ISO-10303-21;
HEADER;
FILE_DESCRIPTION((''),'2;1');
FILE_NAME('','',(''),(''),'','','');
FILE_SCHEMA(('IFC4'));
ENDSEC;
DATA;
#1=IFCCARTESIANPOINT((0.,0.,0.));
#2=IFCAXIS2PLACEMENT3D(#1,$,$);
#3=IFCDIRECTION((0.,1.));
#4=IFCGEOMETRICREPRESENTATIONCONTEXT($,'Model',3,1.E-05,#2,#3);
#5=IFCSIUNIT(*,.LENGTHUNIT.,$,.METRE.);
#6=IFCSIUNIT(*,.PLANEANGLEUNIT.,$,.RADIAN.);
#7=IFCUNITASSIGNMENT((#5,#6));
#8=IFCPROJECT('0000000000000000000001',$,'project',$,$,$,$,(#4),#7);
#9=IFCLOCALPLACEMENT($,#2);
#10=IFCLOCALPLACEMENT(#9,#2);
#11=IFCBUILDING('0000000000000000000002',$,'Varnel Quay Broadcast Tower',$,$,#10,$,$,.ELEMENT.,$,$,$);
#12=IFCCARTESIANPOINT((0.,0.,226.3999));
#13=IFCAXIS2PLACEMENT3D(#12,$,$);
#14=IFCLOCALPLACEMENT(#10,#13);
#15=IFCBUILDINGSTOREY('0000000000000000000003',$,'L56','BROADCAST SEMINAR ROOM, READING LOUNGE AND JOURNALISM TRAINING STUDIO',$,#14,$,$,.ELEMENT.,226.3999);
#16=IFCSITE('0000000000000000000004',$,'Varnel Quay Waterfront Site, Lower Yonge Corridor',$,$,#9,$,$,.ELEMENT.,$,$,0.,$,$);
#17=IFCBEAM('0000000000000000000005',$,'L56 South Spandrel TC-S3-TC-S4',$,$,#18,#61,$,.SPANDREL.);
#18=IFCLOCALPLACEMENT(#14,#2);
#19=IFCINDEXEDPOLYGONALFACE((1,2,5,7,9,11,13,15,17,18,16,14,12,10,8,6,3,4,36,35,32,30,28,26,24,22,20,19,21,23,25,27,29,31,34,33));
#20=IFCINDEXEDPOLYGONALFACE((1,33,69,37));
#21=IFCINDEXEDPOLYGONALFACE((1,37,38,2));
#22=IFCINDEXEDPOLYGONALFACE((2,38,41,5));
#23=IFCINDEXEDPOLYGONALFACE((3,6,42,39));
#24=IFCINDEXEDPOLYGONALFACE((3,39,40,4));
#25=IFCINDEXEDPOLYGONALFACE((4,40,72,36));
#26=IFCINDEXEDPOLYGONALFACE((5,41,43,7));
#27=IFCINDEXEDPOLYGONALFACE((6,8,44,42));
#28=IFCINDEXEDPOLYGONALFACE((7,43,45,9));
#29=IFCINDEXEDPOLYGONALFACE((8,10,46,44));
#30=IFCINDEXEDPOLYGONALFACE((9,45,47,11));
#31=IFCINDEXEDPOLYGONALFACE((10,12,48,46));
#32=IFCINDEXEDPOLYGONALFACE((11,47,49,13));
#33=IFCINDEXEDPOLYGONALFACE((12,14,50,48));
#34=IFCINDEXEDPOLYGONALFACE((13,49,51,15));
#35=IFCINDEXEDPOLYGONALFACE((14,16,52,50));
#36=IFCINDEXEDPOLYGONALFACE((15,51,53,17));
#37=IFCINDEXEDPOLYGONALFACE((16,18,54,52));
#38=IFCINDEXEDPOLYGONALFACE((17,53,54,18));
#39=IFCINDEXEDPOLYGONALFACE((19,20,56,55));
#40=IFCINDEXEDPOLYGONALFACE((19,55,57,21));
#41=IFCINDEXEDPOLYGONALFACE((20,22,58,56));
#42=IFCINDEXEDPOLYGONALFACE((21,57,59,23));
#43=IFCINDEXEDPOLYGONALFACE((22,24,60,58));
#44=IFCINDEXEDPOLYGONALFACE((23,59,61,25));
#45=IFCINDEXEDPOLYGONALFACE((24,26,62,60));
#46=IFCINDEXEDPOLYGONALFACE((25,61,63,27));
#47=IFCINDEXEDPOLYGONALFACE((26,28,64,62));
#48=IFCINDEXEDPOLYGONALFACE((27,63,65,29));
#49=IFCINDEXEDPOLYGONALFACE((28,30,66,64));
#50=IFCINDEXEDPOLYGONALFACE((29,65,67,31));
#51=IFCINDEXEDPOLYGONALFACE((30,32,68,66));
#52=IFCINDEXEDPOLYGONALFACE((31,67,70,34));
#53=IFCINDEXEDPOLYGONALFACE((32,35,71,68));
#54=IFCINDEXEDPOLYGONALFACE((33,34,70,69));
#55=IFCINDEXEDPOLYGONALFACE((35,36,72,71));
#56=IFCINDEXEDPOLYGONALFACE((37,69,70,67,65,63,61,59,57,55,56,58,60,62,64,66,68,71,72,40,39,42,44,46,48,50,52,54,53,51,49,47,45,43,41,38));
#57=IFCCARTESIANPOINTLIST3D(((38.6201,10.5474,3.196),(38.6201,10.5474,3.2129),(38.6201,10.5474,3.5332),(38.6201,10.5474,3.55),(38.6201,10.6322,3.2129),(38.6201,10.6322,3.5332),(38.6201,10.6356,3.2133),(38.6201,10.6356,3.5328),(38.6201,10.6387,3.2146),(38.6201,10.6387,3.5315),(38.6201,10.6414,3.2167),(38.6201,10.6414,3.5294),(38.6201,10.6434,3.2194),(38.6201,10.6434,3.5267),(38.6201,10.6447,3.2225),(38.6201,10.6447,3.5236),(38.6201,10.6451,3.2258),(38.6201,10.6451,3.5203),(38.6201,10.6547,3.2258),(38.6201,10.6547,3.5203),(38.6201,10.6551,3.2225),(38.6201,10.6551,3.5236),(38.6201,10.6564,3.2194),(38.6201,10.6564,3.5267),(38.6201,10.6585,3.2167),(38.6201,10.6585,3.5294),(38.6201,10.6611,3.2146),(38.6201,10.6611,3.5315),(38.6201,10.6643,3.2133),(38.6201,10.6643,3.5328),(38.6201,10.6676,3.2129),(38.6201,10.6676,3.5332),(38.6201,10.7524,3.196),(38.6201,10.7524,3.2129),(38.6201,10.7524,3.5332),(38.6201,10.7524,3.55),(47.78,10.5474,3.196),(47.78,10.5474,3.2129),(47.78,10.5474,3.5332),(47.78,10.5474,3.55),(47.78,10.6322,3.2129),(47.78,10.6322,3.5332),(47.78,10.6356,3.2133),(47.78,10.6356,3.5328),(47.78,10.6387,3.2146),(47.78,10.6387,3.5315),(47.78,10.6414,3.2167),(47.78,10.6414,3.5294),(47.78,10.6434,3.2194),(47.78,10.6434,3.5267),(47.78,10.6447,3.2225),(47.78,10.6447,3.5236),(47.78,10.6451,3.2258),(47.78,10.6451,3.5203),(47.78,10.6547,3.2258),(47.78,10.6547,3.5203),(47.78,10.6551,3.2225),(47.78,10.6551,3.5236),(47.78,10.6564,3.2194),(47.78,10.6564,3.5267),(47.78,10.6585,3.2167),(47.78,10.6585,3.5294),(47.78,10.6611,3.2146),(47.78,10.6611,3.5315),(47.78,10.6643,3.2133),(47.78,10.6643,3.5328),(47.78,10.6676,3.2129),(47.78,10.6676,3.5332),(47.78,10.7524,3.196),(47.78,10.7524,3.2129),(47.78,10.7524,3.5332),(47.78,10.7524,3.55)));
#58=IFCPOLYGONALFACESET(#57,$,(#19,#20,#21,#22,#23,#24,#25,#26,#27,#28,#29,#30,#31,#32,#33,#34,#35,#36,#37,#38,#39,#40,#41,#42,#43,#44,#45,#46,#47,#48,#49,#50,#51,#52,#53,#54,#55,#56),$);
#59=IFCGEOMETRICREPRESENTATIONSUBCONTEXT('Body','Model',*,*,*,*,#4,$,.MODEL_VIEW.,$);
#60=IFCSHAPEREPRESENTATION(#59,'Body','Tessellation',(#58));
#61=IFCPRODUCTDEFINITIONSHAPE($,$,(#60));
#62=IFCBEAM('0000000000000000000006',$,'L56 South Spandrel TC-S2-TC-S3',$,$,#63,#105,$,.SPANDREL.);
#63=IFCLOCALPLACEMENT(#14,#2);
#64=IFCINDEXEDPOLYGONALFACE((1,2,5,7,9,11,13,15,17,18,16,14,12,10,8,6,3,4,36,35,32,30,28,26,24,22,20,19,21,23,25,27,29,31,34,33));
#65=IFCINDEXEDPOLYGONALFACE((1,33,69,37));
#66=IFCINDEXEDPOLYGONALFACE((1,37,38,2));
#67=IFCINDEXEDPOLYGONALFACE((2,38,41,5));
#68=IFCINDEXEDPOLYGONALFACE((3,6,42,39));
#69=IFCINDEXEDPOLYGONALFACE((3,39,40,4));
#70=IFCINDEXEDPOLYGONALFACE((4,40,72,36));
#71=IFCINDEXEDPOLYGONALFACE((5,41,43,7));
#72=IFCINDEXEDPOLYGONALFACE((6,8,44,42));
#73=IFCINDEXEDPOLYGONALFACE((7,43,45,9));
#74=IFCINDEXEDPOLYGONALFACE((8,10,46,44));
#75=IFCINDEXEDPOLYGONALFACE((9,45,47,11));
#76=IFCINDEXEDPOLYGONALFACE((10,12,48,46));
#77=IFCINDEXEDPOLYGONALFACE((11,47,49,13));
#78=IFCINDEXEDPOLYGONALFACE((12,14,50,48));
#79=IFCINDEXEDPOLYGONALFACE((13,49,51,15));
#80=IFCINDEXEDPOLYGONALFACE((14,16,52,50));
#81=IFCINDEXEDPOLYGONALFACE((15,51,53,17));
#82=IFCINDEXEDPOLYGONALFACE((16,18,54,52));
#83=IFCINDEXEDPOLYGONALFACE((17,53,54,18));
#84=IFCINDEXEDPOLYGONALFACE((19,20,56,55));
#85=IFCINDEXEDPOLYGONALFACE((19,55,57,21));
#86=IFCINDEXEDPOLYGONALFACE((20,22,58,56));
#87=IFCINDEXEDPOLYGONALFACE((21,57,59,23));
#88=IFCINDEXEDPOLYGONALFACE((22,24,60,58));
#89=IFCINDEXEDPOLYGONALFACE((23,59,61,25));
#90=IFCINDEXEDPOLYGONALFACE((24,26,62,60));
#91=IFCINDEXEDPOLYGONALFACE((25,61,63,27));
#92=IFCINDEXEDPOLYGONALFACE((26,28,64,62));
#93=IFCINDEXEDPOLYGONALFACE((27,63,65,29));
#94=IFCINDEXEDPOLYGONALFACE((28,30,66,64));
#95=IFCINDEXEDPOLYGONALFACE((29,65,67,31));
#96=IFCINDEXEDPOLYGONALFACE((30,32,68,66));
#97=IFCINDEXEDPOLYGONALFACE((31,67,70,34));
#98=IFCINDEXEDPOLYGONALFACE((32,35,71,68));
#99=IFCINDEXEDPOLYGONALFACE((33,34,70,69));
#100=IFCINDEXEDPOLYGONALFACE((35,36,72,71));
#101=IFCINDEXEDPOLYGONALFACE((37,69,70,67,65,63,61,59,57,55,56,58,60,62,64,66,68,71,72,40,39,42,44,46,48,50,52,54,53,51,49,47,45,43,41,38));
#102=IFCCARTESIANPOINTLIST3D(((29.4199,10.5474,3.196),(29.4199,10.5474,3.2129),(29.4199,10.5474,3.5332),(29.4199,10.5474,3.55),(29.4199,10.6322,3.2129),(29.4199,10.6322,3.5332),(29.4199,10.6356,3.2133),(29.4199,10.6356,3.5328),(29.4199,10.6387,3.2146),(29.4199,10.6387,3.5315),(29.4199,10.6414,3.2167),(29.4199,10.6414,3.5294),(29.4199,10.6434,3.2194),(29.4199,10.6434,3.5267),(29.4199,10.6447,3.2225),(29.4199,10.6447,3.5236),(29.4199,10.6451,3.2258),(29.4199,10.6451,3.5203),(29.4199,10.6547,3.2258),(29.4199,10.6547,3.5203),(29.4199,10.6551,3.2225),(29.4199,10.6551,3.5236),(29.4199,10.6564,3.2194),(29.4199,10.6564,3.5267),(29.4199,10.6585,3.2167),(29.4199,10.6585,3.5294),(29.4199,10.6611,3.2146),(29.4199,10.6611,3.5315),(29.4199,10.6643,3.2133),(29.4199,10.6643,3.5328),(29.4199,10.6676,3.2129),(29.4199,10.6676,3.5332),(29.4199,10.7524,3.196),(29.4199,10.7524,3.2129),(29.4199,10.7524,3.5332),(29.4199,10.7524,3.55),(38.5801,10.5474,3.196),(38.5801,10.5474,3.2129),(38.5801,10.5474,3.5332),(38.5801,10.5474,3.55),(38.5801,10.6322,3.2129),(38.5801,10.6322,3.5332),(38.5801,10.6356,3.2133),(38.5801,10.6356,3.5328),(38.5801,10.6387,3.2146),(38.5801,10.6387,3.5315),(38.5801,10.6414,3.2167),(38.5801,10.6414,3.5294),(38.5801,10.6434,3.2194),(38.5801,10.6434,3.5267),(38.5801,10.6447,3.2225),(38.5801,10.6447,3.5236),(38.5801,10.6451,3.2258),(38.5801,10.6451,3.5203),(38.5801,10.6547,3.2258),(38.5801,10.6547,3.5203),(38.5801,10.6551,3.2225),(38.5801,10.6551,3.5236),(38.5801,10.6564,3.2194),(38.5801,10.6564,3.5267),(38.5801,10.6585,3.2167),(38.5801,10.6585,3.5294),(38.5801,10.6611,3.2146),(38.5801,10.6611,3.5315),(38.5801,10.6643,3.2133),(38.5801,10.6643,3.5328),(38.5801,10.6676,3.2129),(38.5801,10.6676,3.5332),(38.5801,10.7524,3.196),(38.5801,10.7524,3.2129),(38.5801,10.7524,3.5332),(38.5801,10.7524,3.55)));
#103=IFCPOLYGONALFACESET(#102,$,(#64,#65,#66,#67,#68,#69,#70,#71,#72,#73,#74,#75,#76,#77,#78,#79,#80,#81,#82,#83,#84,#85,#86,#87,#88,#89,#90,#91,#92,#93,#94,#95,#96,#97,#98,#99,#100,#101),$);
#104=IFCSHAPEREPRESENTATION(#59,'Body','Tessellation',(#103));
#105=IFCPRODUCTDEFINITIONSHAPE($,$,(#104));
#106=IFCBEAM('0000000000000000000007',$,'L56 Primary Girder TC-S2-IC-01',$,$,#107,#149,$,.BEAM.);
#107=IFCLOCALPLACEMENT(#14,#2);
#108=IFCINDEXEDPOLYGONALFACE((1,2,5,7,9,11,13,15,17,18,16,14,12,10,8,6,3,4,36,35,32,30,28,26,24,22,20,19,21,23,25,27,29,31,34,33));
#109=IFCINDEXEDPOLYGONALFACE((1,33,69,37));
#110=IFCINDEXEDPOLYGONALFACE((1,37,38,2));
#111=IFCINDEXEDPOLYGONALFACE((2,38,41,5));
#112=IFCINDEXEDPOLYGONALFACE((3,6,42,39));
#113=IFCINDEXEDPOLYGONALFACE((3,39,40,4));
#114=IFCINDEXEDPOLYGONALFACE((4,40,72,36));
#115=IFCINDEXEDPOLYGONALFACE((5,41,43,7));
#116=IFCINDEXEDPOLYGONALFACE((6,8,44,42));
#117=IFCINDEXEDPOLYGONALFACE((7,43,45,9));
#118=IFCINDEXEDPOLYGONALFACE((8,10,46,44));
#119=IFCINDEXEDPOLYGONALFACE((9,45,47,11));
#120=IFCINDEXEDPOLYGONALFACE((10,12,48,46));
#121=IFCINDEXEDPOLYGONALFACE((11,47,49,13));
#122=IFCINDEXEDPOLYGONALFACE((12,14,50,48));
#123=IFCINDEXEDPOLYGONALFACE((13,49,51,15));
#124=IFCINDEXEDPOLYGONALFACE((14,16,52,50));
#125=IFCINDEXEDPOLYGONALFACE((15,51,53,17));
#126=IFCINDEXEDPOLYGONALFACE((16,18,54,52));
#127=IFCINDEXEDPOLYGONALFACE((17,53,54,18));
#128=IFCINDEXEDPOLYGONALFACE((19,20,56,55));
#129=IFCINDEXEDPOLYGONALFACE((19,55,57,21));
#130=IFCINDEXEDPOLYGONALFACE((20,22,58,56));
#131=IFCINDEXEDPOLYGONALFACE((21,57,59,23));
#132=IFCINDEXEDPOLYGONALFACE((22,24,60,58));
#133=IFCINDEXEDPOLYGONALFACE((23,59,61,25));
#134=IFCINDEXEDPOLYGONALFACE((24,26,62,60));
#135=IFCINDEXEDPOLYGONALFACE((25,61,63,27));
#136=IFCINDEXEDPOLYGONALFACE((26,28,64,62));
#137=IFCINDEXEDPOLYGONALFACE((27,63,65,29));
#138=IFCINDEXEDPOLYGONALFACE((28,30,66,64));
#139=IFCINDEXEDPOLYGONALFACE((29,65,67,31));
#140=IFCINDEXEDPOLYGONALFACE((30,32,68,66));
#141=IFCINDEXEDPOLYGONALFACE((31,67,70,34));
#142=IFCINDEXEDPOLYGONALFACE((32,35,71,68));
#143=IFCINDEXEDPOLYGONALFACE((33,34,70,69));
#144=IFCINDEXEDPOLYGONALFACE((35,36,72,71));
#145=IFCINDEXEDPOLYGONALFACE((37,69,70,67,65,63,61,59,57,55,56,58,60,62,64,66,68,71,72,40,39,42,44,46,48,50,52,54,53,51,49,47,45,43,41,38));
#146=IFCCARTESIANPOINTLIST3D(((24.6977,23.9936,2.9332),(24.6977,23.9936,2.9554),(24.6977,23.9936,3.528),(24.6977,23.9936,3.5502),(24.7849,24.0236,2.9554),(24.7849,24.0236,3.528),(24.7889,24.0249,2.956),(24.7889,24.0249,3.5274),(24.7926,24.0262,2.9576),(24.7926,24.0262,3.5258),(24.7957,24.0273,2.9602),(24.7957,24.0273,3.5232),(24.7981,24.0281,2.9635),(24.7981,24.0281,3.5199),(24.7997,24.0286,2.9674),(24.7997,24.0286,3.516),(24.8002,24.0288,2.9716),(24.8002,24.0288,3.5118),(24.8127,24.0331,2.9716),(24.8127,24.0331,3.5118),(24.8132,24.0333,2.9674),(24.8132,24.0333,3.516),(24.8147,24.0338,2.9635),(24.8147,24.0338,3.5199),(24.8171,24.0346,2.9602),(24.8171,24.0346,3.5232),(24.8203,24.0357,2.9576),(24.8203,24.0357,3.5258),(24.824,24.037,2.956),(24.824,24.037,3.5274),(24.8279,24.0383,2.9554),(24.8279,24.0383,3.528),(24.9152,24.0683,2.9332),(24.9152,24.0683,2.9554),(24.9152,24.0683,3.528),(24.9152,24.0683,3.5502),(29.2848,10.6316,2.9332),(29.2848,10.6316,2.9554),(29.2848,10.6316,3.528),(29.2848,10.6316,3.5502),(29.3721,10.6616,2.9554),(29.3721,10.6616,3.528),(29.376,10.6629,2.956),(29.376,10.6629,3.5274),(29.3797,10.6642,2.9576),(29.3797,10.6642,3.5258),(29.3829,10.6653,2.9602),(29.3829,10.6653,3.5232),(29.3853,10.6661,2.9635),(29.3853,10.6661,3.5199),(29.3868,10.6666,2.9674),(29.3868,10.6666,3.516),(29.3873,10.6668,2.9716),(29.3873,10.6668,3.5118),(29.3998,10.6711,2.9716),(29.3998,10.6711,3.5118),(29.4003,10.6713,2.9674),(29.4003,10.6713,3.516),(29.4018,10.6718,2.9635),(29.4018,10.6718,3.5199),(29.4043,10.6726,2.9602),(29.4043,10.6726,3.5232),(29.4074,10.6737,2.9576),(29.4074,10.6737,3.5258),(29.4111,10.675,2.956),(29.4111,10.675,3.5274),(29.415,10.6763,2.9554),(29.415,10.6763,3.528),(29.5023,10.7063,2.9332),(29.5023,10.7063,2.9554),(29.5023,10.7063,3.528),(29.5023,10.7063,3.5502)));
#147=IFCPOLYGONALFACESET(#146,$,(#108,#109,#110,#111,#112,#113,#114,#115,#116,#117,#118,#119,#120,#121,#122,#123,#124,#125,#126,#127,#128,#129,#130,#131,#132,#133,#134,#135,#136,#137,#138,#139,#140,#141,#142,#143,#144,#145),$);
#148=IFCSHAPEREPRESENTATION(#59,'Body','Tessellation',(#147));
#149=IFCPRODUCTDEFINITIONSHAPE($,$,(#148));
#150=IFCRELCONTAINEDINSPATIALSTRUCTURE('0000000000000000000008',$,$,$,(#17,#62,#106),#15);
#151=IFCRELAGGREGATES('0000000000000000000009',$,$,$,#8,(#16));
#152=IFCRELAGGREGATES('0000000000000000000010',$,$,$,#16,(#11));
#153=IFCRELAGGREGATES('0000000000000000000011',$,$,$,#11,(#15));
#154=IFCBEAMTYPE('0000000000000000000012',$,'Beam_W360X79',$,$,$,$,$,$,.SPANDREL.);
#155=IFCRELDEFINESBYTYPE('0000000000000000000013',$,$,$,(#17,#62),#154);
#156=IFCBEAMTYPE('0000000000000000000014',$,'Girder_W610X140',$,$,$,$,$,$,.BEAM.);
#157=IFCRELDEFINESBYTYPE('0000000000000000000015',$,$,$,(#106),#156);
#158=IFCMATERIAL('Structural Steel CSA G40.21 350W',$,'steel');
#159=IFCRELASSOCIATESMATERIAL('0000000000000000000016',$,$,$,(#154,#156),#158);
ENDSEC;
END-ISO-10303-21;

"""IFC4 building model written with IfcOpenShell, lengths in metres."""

from ifc_helpers import new_model, si_unit, direction, frame, origin, origin_2d, place, context, subcontext, project, spatial, i_section, extrude, source, transform, mapped, material, material_profile, profile_set, type_object, type_shapes, element, save


model = new_model("IFC4")

# Units and contexts
model_context = context("Model", 3, precision=1e-05, world=origin(), true_north=direction((0.0, 1.0)))
body_context = subcontext(model_context, "Body", "Model", "MODEL_VIEW")
ifc_project = project(units=[si_unit("LENGTHUNIT", "METRE"), si_unit("PLANEANGLEUNIT", "RADIAN")], contexts=[model_context])

# Site, building, storey
site_placement = place(None, origin())
site = spatial("IfcSite", under=ifc_project, at=site_placement, Name="Varnel Quay Waterfront Site, Lower Yonge Corridor", CompositionType="ELEMENT", RefElevation=0.0)
building_placement = place(site_placement, origin())
building = spatial("IfcBuilding", under=site, at=building_placement, Name="Varnel Quay Broadcast Tower", CompositionType="ELEMENT")
storey_placement = place(building_placement, frame((0.0, 0.0, 226.3999)))
storey = spatial("IfcBuildingStorey", under=building, at=storey_placement, Name="L56", Description="BROADCAST SEMINAR ROOM, READING LOUNGE AND JOURNALISM TRAINING STUDIO", CompositionType="ELEMENT", Elevation=226.3999)

# Shared definitions
ifc_material_1 = material(Name="Structural Steel CSA G40.21 350W", Category="steel")

# Beams
ifc_material_profile_1 = material_profile(ifc_material_1, i_section(OverallWidth=0.2051, OverallDepth=0.354, WebThickness=0.0095, FlangeThickness=0.0168, FilletRadius=0.0129, at=origin_2d()), Name="W360X79")
ifc_profile_set_1 = profile_set([ifc_material_profile_1], Name="Structural Steel CSA G40.21 350W")
beam_type_1 = type_object("IfcBeamType", Name="Beam_W360X79", PredefinedType="SPANDREL", material=ifc_profile_set_1)
shared_shape_1 = source(origin(), body_context, "Body", "SweptSolid", [
    extrude(i_section(OverallWidth=0.2051, OverallDepth=0.354, WebThickness=0.0095, FlangeThickness=0.0168, FilletRadius=0.0129, at=origin_2d()), origin(), (0.0, 0.0, 1.0), 9.1599),
])
beam_1_placement = place(storey_placement, frame((38.6201, 10.6499, 3.373), z_axis=(1.0, 0.0, 0.0), x_axis=(0.0, 1.0, 0.0)))
element("IfcBeam", 1, at=beam_1_placement, inside=storey, type_object=beam_type_1, Name="L56 South Spandrel TC-S3-TC-S4", PredefinedType="SPANDREL", context=body_context, shape_type="MappedRepresentation", body=[
    mapped(shared_shape_1, transform((0.0, 0.0, 0.0), x_axis=(1.0, 0.0, 0.0), y_axis=(0.0, 1.0, 0.0), z_axis=(0.0, 0.0, 1.0), scale=1.0)),
])
shared_shape_2 = source(origin(), body_context, "Body", "SweptSolid", [
    extrude(i_section(OverallWidth=0.2051, OverallDepth=0.354, WebThickness=0.0095, FlangeThickness=0.0168, FilletRadius=0.0129, at=origin_2d()), origin(), (0.0, 0.0, 1.0), 9.1602),
])
type_shapes(beam_type_1, [shared_shape_1, shared_shape_2])
beam_2_placement = place(storey_placement, frame((29.4199, 10.6499, 3.373), z_axis=(1.0, 0.0, 0.0), x_axis=(0.0, 1.0, 0.0)))
element("IfcBeam", 2, at=beam_2_placement, inside=storey, type_object=beam_type_1, Name="L56 South Spandrel TC-S2-TC-S3", PredefinedType="SPANDREL", context=body_context, shape_type="MappedRepresentation", body=[
    mapped(shared_shape_2, transform((0.0, 0.0, 0.0), x_axis=(1.0, 0.0, 0.0), y_axis=(0.0, 1.0, 0.0), z_axis=(0.0, 0.0, 1.0), scale=1.0)),
])
ifc_material_profile_2 = material_profile(ifc_material_1, i_section(OverallWidth=0.23, OverallDepth=0.6169, WebThickness=0.0132, FlangeThickness=0.0222, FilletRadius=0.0161, at=origin_2d()), Name="W610X140")
ifc_profile_set_2 = profile_set([ifc_material_profile_2], Name="Structural Steel CSA G40.21 350W")
beam_type_2 = type_object("IfcBeamType", Name="Girder_W610X140", PredefinedType="BEAM", material=ifc_profile_set_2)
shared_shape_3 = source(origin(), body_context, "Body", "SweptSolid", [
    extrude(i_section(OverallWidth=0.23, OverallDepth=0.6169, WebThickness=0.0132, FlangeThickness=0.0222, FilletRadius=0.0161, at=origin_2d()), origin(), (0.0, 0.0, 1.0), 14.1274),
])
beam_3_placement = place(storey_placement, frame((29.3936, 10.6689, 3.2417), z_axis=(-0.324697, 0.945818, 0.0), x_axis=(-0.945818, -0.324697, 0.0)))
element("IfcBeam", 3, at=beam_3_placement, inside=storey, type_object=beam_type_2, Name="L56 Primary Girder TC-S2-IC-01", PredefinedType="BEAM", context=body_context, shape_type="MappedRepresentation", body=[
    mapped(shared_shape_3, transform((0.0, 0.0, 0.0), x_axis=(1.0, 0.0, 0.0), y_axis=(0.0, 1.0, 0.0), z_axis=(0.0, 0.0, 1.0), scale=1.0)),
])

save(model, "model.ifc")
